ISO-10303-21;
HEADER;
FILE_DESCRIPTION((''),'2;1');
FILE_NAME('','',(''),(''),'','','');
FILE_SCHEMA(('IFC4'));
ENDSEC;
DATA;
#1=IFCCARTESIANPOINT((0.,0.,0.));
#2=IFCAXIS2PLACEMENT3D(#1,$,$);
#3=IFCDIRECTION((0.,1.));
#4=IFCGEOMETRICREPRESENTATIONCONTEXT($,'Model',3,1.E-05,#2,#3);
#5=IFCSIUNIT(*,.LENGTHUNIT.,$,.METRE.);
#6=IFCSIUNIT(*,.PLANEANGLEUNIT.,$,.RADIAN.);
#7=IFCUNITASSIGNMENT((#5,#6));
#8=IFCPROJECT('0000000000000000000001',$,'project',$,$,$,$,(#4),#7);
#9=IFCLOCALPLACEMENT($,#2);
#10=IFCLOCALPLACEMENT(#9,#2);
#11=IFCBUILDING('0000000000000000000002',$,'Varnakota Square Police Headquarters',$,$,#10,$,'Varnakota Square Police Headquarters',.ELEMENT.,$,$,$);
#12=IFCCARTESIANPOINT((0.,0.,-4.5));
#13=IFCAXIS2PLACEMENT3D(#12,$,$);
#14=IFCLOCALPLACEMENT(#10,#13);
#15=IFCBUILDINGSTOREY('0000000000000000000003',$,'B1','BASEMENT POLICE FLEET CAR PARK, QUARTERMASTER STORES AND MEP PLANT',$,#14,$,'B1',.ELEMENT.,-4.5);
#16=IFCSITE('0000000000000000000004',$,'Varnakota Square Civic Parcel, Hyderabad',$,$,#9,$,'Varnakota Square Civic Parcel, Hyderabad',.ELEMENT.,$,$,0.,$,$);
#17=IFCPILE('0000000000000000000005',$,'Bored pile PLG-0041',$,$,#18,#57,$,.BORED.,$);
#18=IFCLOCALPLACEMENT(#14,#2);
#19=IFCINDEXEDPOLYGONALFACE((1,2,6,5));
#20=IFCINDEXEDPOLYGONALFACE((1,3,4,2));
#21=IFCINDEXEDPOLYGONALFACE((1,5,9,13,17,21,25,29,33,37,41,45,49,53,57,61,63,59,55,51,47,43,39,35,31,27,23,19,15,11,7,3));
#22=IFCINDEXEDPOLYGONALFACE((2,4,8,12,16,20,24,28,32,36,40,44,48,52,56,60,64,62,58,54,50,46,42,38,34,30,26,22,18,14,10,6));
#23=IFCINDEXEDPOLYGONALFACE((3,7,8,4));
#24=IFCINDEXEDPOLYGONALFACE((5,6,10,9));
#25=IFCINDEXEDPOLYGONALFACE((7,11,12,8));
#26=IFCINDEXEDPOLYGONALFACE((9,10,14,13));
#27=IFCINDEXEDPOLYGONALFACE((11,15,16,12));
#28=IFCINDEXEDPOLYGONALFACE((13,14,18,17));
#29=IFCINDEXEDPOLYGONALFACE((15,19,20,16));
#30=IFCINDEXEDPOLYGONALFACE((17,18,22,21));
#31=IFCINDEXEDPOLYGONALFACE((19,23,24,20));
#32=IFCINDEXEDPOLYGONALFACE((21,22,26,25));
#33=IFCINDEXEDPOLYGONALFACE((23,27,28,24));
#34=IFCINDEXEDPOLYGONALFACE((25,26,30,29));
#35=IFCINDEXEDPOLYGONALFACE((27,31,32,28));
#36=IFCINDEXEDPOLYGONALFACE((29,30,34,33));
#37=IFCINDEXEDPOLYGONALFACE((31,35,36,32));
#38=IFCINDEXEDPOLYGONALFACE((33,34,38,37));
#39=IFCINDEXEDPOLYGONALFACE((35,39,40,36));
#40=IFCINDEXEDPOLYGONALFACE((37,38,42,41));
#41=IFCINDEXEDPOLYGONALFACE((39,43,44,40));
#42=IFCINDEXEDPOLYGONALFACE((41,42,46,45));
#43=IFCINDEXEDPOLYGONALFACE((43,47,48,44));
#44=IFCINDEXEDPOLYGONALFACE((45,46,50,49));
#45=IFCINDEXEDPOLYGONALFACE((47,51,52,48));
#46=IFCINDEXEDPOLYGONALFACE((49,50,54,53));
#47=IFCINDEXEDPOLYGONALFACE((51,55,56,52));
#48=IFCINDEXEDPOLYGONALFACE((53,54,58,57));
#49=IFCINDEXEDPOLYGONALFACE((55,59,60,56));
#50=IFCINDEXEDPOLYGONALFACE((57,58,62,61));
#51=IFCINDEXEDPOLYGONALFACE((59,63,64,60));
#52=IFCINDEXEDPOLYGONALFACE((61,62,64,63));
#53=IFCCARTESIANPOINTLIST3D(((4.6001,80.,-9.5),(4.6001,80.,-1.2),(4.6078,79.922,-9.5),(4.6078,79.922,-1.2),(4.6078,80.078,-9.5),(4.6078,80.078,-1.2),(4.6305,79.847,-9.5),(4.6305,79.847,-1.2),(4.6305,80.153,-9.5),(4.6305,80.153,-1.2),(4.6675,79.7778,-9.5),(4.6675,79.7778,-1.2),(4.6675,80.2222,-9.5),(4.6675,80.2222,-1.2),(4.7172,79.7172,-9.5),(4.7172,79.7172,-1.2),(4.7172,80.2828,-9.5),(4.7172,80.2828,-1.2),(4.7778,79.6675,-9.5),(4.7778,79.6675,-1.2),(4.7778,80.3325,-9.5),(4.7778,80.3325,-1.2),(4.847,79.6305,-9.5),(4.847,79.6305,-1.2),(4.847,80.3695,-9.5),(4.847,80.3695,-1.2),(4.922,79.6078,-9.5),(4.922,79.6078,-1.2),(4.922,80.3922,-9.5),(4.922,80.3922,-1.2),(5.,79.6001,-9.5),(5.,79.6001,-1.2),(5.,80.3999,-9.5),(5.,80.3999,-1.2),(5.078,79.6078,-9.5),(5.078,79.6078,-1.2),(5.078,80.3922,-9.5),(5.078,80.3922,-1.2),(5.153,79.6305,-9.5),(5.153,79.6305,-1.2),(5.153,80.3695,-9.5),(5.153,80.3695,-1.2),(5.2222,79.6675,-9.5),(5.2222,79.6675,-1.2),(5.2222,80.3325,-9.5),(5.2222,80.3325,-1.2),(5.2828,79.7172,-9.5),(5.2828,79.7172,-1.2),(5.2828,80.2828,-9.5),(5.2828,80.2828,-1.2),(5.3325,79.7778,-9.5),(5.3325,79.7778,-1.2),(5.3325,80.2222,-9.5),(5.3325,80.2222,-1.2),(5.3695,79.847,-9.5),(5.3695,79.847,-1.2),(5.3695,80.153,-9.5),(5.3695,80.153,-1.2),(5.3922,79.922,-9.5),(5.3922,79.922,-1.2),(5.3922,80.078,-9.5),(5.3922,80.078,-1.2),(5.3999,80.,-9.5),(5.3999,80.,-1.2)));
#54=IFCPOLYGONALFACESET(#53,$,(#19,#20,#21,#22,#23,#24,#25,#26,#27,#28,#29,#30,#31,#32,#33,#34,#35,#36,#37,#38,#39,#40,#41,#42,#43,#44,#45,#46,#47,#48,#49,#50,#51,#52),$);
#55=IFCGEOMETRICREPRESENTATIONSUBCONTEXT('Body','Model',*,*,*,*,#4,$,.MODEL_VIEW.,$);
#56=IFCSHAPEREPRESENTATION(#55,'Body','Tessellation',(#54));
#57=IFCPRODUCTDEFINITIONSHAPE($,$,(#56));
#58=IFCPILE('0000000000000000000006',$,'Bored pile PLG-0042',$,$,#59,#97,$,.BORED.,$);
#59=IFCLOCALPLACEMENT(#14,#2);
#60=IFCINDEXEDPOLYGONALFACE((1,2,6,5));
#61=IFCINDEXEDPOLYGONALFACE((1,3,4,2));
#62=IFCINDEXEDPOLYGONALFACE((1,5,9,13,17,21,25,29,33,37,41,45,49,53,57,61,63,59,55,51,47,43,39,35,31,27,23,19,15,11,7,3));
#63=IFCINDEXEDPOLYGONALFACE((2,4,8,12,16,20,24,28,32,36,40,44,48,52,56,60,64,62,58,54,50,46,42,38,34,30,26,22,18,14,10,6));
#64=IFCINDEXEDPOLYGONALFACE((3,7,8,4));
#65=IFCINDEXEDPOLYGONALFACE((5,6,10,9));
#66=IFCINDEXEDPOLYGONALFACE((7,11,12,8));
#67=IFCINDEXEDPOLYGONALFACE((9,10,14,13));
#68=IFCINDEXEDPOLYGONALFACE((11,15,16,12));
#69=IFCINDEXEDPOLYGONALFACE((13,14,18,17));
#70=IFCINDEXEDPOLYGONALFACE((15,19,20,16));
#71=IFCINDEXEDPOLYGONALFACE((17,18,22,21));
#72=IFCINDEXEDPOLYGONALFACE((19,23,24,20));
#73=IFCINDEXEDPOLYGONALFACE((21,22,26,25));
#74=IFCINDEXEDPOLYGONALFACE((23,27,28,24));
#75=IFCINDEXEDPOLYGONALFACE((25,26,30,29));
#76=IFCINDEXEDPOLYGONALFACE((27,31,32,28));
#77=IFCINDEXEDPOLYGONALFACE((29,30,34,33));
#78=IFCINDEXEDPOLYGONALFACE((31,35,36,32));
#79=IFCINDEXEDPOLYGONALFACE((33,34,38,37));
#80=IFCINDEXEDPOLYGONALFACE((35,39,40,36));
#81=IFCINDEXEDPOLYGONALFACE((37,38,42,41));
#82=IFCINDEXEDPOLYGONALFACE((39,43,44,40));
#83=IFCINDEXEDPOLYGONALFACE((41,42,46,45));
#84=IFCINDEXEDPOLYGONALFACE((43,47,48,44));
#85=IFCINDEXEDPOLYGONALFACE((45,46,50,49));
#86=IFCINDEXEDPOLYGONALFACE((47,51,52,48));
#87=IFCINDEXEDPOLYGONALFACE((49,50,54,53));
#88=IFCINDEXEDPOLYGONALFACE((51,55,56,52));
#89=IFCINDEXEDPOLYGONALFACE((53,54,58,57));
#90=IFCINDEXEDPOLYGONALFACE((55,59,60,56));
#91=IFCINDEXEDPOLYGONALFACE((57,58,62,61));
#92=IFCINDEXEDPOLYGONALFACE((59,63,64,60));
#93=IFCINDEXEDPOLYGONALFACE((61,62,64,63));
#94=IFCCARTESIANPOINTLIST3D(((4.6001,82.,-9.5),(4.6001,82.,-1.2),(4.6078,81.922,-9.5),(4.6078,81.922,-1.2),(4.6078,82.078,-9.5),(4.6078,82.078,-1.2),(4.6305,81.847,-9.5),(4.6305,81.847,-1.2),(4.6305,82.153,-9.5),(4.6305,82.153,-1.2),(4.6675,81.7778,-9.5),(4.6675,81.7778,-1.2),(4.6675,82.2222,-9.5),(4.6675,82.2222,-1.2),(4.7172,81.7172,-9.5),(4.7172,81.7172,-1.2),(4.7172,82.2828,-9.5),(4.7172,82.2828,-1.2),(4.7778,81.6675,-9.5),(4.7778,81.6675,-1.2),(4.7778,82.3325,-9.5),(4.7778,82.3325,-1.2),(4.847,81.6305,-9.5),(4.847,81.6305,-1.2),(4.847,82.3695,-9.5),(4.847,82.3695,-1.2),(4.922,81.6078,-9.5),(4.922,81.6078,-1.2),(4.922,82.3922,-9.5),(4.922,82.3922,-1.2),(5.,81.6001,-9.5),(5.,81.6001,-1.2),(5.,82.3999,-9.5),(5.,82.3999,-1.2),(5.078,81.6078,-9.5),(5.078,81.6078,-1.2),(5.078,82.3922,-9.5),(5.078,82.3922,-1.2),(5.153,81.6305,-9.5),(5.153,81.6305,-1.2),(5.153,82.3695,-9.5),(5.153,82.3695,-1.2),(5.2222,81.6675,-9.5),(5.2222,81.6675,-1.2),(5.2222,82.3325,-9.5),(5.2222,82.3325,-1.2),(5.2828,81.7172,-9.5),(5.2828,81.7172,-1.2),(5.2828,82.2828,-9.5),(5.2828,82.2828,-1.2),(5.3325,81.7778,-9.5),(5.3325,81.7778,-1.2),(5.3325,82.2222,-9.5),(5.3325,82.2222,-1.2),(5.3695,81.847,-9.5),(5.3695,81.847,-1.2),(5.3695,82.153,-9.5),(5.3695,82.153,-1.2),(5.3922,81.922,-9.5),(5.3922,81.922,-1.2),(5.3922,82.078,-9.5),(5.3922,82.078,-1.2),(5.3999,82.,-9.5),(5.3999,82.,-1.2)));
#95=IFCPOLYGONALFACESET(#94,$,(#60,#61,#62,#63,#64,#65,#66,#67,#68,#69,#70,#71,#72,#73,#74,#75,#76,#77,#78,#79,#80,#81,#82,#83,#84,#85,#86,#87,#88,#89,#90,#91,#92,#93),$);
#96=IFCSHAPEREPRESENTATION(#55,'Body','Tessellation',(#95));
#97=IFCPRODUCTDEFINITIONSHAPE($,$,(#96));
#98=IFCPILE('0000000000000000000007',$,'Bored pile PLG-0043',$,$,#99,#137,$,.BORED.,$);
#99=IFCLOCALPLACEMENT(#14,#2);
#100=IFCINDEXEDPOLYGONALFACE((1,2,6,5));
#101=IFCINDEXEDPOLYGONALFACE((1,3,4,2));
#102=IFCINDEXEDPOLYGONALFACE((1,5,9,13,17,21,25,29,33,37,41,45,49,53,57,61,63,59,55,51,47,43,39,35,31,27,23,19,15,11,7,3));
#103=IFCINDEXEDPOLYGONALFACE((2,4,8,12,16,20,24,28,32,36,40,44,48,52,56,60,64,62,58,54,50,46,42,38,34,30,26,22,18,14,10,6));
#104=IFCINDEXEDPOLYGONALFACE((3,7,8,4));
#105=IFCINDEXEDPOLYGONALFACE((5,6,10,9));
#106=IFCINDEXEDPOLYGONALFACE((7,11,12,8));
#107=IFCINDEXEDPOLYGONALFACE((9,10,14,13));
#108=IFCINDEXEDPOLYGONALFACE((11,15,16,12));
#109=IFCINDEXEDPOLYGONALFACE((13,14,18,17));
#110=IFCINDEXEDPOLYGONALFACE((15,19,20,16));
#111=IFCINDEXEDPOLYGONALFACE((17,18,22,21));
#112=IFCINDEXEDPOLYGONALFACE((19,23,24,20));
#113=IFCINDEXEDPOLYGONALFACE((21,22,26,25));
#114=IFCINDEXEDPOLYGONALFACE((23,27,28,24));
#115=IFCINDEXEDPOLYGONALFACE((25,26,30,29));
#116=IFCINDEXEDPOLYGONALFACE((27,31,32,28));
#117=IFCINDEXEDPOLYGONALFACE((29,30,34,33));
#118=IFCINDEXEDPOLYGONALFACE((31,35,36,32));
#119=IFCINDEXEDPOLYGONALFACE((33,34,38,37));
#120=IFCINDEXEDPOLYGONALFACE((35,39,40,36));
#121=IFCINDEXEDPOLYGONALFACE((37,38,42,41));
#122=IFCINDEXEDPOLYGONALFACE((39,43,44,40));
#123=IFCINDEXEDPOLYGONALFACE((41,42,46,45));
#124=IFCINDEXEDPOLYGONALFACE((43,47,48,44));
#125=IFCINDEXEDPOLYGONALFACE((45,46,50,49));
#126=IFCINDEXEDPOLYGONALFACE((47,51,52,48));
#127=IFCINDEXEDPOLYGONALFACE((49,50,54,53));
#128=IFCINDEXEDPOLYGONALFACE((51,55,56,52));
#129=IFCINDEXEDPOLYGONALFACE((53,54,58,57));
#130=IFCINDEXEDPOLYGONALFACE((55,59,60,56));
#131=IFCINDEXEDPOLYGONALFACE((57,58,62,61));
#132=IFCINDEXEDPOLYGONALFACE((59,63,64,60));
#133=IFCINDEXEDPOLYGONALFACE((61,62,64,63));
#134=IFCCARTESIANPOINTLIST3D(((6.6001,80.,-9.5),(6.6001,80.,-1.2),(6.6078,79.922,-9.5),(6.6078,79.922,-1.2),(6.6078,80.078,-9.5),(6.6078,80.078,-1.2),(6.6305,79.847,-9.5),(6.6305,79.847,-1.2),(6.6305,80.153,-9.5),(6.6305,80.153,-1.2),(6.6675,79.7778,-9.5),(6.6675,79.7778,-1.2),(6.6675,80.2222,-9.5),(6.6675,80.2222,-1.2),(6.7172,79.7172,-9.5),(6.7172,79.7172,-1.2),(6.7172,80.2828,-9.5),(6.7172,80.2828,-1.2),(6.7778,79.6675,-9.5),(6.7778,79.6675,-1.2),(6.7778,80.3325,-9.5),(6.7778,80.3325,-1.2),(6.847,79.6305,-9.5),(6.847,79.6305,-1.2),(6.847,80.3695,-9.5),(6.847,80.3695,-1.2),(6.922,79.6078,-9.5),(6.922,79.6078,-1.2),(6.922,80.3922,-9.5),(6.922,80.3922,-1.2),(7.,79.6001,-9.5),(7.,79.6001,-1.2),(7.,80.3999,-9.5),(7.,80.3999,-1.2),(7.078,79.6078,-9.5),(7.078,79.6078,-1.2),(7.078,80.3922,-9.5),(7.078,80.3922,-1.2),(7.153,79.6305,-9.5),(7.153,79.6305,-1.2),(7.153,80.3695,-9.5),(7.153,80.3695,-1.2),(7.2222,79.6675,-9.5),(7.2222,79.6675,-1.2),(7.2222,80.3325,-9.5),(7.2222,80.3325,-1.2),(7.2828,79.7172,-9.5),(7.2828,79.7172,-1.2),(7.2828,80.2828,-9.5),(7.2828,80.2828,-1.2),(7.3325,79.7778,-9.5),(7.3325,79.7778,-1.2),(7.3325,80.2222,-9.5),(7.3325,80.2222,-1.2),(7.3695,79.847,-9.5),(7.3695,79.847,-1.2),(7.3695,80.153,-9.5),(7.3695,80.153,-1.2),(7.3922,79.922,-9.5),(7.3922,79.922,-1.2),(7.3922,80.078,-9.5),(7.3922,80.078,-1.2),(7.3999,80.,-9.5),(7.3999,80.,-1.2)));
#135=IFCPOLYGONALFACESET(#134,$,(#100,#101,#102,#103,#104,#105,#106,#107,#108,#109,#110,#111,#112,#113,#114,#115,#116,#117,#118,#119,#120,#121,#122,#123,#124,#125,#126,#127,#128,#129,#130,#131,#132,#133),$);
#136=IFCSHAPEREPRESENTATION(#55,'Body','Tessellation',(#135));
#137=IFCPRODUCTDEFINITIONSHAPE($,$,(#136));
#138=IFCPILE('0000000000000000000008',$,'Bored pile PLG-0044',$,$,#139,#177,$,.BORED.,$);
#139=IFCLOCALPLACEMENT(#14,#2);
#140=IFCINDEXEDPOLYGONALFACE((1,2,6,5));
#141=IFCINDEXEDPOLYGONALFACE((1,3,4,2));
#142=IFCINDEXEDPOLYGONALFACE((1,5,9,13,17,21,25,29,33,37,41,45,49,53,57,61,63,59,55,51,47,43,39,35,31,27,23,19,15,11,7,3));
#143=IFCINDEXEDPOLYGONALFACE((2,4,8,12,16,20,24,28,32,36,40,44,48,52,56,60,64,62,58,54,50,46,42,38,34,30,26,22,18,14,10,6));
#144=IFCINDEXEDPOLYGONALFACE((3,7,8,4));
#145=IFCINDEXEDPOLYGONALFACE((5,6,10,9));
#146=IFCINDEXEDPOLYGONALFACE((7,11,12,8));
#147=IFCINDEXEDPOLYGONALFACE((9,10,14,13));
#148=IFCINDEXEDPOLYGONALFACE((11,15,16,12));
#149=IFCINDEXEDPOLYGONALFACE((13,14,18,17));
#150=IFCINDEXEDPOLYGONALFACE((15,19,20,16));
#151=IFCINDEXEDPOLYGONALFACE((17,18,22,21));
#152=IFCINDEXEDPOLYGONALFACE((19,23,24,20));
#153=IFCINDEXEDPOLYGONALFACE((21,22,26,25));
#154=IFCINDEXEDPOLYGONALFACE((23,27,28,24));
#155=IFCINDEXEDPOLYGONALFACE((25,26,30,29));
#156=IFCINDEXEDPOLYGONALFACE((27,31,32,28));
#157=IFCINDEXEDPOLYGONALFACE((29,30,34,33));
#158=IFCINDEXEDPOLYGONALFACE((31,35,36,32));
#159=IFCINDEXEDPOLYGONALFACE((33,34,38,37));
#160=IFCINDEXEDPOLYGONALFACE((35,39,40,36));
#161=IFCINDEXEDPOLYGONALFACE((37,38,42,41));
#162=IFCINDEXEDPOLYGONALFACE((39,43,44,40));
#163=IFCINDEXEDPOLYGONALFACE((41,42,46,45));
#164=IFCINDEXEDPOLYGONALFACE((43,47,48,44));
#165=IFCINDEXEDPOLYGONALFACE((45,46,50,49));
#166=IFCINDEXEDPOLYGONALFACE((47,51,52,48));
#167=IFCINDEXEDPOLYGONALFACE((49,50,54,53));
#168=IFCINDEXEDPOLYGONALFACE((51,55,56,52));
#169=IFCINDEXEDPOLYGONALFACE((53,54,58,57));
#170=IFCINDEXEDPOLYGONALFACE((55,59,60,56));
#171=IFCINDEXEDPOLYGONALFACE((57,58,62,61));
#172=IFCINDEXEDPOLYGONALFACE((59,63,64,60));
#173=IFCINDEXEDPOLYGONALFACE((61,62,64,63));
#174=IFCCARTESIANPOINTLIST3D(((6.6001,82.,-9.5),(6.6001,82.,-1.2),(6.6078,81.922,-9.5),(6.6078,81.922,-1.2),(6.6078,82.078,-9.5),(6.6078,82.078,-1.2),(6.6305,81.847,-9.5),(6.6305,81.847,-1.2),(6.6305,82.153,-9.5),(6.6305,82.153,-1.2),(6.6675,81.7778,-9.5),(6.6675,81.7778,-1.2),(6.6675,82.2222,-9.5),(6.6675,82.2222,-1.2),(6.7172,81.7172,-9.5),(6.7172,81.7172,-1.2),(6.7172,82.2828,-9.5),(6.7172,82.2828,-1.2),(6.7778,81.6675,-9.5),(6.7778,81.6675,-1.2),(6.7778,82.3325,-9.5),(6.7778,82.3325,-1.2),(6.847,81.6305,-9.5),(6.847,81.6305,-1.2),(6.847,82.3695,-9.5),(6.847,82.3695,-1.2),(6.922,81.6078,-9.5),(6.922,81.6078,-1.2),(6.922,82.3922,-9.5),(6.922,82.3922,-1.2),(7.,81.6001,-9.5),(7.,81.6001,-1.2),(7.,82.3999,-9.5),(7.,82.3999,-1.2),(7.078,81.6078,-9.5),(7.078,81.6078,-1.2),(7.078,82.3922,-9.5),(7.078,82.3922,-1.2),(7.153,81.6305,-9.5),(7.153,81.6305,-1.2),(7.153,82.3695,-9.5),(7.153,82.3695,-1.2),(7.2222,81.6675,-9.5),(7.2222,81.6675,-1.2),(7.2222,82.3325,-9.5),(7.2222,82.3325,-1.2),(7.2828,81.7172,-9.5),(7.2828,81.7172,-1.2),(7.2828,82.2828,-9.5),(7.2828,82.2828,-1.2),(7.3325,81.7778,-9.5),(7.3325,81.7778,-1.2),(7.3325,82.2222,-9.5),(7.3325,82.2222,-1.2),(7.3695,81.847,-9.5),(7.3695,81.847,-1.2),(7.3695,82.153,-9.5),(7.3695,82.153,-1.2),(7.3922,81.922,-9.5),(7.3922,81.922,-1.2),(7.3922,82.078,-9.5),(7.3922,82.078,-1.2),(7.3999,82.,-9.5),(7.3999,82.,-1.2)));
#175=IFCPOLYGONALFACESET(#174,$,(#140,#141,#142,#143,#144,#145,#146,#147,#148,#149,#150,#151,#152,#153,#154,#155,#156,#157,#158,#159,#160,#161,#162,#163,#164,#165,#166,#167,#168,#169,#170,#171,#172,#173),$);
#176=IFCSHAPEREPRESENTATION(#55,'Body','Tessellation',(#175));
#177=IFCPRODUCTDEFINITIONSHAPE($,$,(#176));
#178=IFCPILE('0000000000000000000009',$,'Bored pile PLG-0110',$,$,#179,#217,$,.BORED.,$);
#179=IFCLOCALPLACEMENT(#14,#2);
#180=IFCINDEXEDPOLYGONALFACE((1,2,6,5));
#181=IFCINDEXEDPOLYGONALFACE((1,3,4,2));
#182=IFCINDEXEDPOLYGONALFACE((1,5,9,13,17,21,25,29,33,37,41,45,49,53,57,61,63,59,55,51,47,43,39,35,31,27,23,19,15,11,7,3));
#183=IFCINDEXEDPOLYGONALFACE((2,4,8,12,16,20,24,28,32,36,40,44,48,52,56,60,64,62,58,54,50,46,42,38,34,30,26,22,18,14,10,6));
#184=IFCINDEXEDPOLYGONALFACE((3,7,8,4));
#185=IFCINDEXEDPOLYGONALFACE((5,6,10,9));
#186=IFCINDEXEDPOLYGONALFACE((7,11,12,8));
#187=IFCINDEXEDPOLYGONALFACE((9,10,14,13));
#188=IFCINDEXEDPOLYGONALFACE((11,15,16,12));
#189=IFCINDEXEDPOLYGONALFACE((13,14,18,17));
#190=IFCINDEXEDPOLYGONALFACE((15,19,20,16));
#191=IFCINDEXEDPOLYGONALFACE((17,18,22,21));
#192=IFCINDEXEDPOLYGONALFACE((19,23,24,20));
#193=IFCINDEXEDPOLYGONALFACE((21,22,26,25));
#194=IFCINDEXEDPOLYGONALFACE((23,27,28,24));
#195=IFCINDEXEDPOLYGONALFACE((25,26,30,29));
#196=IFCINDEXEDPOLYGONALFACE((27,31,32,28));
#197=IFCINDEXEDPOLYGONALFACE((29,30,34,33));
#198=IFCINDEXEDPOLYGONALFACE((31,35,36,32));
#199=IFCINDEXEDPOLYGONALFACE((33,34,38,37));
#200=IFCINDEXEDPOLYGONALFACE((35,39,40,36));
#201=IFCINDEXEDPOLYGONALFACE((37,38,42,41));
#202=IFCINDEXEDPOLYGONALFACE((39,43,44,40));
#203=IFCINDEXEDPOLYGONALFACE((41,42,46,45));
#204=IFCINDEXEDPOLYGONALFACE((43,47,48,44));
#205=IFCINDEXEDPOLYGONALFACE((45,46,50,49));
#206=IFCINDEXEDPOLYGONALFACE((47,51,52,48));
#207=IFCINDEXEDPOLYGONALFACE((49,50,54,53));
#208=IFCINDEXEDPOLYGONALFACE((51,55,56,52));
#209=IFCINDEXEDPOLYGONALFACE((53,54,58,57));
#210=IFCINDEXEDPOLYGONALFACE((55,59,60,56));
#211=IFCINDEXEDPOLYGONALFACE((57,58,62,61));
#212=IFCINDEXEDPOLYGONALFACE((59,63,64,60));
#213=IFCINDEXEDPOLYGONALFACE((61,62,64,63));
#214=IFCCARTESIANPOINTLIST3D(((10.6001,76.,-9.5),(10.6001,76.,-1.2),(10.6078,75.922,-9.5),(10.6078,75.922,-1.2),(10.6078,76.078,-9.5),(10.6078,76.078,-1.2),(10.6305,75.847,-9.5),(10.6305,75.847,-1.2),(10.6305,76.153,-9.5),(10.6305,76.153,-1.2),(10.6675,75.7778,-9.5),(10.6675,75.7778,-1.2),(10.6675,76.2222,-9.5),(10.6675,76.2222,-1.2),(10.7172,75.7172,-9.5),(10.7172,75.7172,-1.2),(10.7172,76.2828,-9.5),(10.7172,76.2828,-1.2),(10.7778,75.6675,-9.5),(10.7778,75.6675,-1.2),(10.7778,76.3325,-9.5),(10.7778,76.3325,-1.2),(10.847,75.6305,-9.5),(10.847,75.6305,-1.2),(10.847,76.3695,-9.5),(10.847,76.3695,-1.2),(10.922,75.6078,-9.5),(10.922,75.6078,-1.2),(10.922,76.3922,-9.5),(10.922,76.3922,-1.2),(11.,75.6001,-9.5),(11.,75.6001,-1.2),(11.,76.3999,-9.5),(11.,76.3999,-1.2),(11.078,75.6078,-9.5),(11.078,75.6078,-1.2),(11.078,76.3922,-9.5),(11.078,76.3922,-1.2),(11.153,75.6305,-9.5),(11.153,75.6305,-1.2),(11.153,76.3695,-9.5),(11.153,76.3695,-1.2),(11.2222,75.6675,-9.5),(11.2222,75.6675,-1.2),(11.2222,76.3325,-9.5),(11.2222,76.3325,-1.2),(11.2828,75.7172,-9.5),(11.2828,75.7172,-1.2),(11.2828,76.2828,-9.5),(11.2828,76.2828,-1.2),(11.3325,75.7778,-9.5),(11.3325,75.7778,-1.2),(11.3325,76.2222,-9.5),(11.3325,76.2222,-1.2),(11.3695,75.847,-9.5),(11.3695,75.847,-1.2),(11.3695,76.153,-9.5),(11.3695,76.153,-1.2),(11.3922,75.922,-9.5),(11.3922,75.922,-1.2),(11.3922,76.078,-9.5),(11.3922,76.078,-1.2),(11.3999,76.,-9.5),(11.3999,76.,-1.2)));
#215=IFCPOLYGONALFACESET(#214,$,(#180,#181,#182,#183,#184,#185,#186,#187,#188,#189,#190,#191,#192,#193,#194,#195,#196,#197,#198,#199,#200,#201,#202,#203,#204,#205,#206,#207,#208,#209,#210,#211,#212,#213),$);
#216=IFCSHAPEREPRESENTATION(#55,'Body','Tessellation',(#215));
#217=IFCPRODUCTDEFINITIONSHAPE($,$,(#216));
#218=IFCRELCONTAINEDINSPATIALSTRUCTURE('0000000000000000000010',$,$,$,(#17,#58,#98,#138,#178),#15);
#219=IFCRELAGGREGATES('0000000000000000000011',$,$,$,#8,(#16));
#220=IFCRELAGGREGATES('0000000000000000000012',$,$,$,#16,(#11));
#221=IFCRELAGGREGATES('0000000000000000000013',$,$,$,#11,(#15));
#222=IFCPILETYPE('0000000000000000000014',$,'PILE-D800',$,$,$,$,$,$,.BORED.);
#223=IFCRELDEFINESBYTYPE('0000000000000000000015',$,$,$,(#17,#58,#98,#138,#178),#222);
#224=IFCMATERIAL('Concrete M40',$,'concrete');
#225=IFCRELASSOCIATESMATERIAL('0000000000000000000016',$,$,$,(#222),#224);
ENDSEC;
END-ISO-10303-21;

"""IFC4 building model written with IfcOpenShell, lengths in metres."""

from ifc_helpers import new_model, si_unit, direction, frame, origin, origin_2d, place, context, subcontext, project, spatial, circle, extrude, material, material_profile, profile_set, type_object, element, save


model = new_model("IFC4")

# Units and contexts
model_context = context("Model", 3, precision=1e-05, world=origin(), true_north=direction((0.0, 1.0)))
body_context = subcontext(model_context, "Body", "Model", "MODEL_VIEW")
ifc_project = project(units=[si_unit("LENGTHUNIT", "METRE"), si_unit("PLANEANGLEUNIT", "RADIAN")], contexts=[model_context])

# Site, building, storey
site_placement = place(None, origin())
site = spatial("IfcSite", under=ifc_project, at=site_placement, Name="Varnakota Square Civic Parcel, Hyderabad", LongName="Varnakota Square Civic Parcel, Hyderabad", CompositionType="ELEMENT", RefElevation=0.0)
building_placement = place(site_placement, origin())
building = spatial("IfcBuilding", under=site, at=building_placement, Name="Varnakota Square Police Headquarters", LongName="Varnakota Square Police Headquarters", CompositionType="ELEMENT")
storey_placement = place(building_placement, frame((0.0, 0.0, -4.5)))
storey = spatial("IfcBuildingStorey", under=building, at=storey_placement, Name="B1", Description="BASEMENT POLICE FLEET CAR PARK, QUARTERMASTER STORES AND MEP PLANT", LongName="B1", CompositionType="ELEMENT", Elevation=-4.5)

# Shared definitions
ifc_material_1 = material(Name="Concrete M40", Category="concrete")

# Piles
ifc_material_profile_1 = material_profile(ifc_material_1, circle(Radius=0.3999, at=origin_2d()), Name="BORED PILE 800")
ifc_profile_set_1 = profile_set([ifc_material_profile_1], Name="Concrete M40")
pile_type = type_object("IfcPileType", Name="PILE-D800", PredefinedType="BORED", material=ifc_profile_set_1)
for number, where, z_axis, x_axis, name in (
    (1, (5.0, 80.0, -1.2), (0.0, 0.0, -1.0), (1.0, 0.0, 0.0), "Bored pile PLG-0041"),
    (2, (5.0, 82.0, -1.2), (0.0, 0.0, -1.0), (1.0, 0.0, 0.0), "Bored pile PLG-0042"),
    (3, (7.0, 80.0, -1.2), (0.0, 0.0, -1.0), (1.0, 0.0, 0.0), "Bored pile PLG-0043"),
    (4, (7.0, 82.0, -1.2), (0.0, 0.0, -1.0), (1.0, 0.0, 0.0), "Bored pile PLG-0044"),
    (5, (11.0, 76.0, -1.2), (0.0, 0.0, -1.0), (1.0, 0.0, 0.0), "Bored pile PLG-0110"),
):
    element("IfcPile", number, at=place(storey_placement, frame(where, z_axis=z_axis, x_axis=x_axis)), inside=storey, type_object=pile_type, Name=name, PredefinedType="BORED", context=body_context, shape_type="SweptSolid", body=[
        extrude(circle(Radius=0.3999, at=origin_2d()), origin(), (0.0, 0.0, 1.0), 8.3),
    ])

save(model, "model.ifc")
